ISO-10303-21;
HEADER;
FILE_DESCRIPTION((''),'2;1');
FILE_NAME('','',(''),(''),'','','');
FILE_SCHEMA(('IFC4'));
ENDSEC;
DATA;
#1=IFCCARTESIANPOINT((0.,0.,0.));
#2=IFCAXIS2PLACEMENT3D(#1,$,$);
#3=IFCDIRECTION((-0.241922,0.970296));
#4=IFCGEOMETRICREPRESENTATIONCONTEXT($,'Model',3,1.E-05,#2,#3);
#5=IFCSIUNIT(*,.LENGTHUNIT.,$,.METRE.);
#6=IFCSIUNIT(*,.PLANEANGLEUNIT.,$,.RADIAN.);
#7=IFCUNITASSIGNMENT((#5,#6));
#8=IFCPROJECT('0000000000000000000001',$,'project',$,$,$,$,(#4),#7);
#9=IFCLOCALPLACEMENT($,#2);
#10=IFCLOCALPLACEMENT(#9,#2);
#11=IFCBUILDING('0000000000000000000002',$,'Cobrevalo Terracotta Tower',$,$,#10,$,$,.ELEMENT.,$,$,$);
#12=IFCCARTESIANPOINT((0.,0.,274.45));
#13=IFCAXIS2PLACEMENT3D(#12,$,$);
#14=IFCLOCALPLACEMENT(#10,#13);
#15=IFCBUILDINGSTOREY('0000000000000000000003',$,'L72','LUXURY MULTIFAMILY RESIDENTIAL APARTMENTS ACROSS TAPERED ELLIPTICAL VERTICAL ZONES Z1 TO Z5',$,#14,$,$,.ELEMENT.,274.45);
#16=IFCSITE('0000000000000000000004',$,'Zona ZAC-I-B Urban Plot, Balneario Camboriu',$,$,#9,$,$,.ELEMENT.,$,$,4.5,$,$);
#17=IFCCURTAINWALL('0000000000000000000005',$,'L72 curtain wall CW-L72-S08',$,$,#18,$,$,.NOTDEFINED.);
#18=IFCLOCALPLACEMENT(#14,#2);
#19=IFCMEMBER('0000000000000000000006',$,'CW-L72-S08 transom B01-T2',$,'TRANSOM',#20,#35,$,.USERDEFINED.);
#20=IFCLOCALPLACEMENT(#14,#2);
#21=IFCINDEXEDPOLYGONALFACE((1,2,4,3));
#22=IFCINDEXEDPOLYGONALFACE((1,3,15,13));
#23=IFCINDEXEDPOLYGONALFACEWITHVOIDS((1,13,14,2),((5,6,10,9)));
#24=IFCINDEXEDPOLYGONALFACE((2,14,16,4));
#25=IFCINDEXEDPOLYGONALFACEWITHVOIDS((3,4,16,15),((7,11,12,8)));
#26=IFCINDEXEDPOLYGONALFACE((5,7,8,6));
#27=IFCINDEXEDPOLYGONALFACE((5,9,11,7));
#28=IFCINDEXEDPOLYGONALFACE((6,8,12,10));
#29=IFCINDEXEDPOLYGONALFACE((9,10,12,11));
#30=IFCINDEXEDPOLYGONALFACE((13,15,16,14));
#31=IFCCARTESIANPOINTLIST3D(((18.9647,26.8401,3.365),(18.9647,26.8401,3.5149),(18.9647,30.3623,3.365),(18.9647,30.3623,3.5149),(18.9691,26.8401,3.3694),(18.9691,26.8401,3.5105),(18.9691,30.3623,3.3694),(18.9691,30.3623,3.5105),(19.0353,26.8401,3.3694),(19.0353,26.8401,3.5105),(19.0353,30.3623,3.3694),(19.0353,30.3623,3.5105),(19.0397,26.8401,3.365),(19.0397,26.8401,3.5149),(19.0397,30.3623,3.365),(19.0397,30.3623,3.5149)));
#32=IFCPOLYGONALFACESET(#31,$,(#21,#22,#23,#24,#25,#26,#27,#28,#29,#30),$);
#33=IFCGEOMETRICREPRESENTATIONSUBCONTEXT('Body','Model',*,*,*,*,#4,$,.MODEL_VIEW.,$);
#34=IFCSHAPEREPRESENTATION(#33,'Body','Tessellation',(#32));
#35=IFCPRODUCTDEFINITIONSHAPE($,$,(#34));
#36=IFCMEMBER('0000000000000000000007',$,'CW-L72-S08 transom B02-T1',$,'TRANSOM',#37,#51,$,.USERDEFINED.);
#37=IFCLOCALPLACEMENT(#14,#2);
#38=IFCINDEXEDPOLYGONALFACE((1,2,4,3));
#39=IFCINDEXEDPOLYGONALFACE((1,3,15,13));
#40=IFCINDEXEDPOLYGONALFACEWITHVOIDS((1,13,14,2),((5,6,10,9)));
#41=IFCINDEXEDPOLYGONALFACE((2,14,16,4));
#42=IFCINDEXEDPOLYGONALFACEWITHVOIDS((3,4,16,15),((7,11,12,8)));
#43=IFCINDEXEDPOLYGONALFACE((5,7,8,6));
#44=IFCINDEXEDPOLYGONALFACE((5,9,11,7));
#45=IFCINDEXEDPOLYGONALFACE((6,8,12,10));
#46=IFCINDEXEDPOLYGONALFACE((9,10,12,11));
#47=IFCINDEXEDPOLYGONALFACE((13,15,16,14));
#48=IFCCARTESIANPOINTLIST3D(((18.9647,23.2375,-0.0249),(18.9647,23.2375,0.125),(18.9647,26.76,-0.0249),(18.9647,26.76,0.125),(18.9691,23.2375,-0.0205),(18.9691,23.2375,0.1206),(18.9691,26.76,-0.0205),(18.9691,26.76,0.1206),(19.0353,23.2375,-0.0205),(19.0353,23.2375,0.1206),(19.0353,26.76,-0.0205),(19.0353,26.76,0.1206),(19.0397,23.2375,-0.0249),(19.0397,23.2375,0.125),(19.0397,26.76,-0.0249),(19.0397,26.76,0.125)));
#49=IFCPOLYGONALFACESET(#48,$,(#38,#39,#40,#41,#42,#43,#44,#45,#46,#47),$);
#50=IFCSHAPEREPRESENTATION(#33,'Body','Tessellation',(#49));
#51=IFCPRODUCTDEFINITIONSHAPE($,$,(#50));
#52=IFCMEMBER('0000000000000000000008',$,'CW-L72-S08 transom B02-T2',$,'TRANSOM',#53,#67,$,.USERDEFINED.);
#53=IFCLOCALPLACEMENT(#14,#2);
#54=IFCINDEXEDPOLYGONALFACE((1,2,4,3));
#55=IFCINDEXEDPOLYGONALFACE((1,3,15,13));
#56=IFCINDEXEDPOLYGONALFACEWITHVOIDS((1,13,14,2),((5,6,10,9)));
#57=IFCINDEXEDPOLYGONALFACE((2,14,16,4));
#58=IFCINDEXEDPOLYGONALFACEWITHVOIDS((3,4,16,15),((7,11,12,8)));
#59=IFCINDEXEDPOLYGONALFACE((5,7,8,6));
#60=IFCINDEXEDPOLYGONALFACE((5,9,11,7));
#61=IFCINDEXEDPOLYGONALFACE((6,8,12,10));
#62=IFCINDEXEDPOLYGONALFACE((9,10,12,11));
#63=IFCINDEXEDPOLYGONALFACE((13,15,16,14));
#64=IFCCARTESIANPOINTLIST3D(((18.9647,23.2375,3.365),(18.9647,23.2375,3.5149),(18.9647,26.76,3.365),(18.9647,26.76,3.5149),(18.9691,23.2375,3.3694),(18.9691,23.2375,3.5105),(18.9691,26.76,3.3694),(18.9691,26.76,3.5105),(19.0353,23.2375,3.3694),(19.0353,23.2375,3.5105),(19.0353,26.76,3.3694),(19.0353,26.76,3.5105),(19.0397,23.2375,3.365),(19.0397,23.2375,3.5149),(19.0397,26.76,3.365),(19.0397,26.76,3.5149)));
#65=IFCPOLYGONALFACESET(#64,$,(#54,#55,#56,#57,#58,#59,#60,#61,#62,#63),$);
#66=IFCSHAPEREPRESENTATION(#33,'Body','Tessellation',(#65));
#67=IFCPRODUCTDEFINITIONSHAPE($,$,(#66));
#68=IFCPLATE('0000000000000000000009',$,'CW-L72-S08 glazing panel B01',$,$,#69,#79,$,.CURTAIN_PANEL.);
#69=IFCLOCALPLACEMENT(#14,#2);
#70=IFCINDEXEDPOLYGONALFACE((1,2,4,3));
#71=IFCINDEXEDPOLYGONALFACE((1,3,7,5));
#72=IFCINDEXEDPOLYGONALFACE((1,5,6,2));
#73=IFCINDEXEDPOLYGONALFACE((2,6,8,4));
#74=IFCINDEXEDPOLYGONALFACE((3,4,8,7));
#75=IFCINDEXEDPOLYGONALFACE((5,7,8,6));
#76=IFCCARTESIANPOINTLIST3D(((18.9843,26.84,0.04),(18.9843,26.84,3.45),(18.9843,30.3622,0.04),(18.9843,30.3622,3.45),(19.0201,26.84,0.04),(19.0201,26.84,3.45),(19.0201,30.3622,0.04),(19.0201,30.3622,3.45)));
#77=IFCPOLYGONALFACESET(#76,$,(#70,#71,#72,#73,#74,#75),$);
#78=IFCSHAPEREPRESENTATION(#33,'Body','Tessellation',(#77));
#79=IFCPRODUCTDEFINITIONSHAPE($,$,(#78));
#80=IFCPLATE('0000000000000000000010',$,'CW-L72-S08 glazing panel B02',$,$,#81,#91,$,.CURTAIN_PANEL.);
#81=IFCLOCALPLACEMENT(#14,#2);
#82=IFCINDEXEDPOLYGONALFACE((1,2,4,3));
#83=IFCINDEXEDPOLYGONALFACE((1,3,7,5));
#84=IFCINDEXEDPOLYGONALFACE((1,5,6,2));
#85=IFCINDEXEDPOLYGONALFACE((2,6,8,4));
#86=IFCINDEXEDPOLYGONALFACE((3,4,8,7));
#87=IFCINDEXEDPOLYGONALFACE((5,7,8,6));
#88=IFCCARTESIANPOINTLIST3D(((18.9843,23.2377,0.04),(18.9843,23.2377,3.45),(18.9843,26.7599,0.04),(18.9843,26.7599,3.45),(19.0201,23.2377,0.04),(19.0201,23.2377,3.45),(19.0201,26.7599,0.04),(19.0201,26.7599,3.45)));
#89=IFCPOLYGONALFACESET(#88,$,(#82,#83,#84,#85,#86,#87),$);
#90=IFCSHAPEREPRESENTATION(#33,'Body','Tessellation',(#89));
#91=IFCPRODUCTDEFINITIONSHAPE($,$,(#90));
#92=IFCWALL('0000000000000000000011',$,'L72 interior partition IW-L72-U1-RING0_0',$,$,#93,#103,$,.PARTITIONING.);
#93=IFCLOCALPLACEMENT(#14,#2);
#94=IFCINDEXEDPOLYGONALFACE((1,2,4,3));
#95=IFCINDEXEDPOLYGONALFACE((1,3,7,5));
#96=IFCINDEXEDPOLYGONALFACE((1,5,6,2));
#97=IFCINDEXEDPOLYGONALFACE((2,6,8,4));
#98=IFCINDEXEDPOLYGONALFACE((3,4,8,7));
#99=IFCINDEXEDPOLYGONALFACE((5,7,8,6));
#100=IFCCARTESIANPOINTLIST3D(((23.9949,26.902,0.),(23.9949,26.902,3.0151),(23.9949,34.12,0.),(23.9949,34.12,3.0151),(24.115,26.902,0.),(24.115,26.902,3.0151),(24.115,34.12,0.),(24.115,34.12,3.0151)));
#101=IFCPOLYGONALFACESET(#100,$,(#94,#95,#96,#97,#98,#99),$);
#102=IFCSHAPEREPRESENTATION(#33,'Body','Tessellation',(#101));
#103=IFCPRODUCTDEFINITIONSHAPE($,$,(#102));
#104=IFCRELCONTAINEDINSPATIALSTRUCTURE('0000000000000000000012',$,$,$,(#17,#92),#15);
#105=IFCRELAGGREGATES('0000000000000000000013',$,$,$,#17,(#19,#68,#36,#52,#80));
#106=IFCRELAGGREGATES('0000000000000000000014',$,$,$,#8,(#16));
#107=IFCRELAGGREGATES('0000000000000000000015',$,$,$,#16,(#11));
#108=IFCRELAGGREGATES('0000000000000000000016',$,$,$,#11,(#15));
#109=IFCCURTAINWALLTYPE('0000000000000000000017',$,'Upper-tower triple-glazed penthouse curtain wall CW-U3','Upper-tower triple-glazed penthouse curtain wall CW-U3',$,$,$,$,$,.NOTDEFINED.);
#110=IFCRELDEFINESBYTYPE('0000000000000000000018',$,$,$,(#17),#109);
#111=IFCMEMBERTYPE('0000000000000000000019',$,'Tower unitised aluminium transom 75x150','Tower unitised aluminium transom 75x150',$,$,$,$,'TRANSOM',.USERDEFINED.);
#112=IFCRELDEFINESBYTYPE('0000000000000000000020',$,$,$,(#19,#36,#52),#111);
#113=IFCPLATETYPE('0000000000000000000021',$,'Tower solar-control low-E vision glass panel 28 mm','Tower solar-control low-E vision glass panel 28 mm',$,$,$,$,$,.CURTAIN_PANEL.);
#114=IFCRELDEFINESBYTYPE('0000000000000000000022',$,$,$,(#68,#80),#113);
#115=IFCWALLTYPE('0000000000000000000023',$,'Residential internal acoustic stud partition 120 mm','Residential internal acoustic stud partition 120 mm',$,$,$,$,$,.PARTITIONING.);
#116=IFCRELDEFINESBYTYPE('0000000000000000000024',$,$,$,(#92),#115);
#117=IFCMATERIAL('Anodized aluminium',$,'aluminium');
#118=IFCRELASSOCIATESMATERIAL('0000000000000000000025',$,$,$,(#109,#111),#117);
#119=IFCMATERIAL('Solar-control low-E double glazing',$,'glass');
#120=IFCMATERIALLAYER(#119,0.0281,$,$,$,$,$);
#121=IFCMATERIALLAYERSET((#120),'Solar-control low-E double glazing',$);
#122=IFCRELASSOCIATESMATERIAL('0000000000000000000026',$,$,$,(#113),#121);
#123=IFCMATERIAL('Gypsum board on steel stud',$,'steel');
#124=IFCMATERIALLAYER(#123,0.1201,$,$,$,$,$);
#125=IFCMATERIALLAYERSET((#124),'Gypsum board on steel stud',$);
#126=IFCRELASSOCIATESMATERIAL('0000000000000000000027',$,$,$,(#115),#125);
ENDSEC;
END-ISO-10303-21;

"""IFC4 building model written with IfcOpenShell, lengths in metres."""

from ifc_helpers import new_model, si_unit, direction, frame, frame_2d, origin, origin_2d, place, context, subcontext, project, spatial, rectangle, hollow_rectangle, extrude, source, transform, mapped, material, layer, layer_set, material_profile, profile_set, type_object, element, aggregate, save


model = new_model("IFC4")

# Units and contexts
model_context = context("Model", 3, precision=1e-05, world=origin(), true_north=direction((-0.241922, 0.970296)))
body_context = subcontext(model_context, "Body", "Model", "MODEL_VIEW")
ifc_project = project(units=[si_unit("LENGTHUNIT", "METRE"), si_unit("PLANEANGLEUNIT", "RADIAN")], contexts=[model_context])

# Site, building, storey
site_placement = place(None, origin())
site = spatial("IfcSite", under=ifc_project, at=site_placement, Name="Zona ZAC-I-B Urban Plot, Balneario Camboriu", CompositionType="ELEMENT", RefElevation=4.5)
building_placement = place(site_placement, origin())
building = spatial("IfcBuilding", under=site, at=building_placement, Name="Cobrevalo Terracotta Tower", CompositionType="ELEMENT")
storey_placement = place(building_placement, frame((0.0, 0.0, 274.45)))
storey = spatial("IfcBuildingStorey", under=building, at=storey_placement, Name="L72", Description="LUXURY MULTIFAMILY RESIDENTIAL APARTMENTS ACROSS TAPERED ELLIPTICAL VERTICAL ZONES Z1 TO Z5", CompositionType="ELEMENT", Elevation=274.45)

# Curtain wall
ifc_material_1 = material(Name="Anodized aluminium", Category="aluminium")
curtain_wall_type = type_object("IfcCurtainWallType", Name="Upper-tower triple-glazed penthouse curtain wall CW-U3", Description="Upper-tower triple-glazed penthouse curtain wall CW-U3", PredefinedType="NOTDEFINED", material=ifc_material_1)
curtain_wall_1_placement = place(storey_placement, origin())
curtain_wall_1 = element("IfcCurtainWall", 1, at=curtain_wall_1_placement, inside=storey, type_object=curtain_wall_type, Name="L72 curtain wall CW-L72-S08", PredefinedType="NOTDEFINED")

# Members
ifc_material_profile_1 = material_profile(ifc_material_1, hollow_rectangle(XDim=0.075, YDim=0.1499, WallThickness=0.0044, at=origin_2d()), Name="CWT 75x150")
ifc_profile_set_1 = profile_set([ifc_material_profile_1], Name="Anodized aluminium")
member_type_1 = type_object("IfcMemberType", Name="Tower unitised aluminium transom 75x150", Description="Tower unitised aluminium transom 75x150", ElementType="TRANSOM", PredefinedType="USERDEFINED", material=ifc_profile_set_1)
shared_shape_1 = source(origin(), body_context, "Body", "SweptSolid", [
    extrude(hollow_rectangle(XDim=0.075, YDim=0.1499, WallThickness=0.0044, at=origin_2d()), origin(), (0.0, 0.0, 1.0), 3.5222),
])
member_1_placement = place(storey_placement, frame((19.0022, 30.3623, 3.4399), z_axis=(0.0, -1.0, 0.0), x_axis=(1.0, 0.0, 0.0)))
member_1 = element("IfcMember", 2, at=member_1_placement, type_object=member_type_1, Name="CW-L72-S08 transom B01-T2", ObjectType="TRANSOM", PredefinedType="USERDEFINED", context=body_context, shape_type="MappedRepresentation", body=[
    mapped(shared_shape_1, transform((0.0, 0.0, 0.0), scale=1.0)),
])
shared_shape_2 = source(origin(), body_context, "Body", "SweptSolid", [
    extrude(hollow_rectangle(XDim=0.075, YDim=0.1499, WallThickness=0.0044, at=origin_2d()), origin(), (0.0, 0.0, 1.0), 3.5225),
])
member_2_placement = place(storey_placement, frame((19.0022, 26.76, 0.05), z_axis=(0.0, -1.0, 0.0), x_axis=(1.0, 0.0, 0.0)))
member_2 = element("IfcMember", 3, at=member_2_placement, type_object=member_type_1, Name="CW-L72-S08 transom B02-T1", ObjectType="TRANSOM", PredefinedType="USERDEFINED", context=body_context, shape_type="MappedRepresentation", body=[
    mapped(shared_shape_2, transform((0.0, 0.0, 0.0), scale=1.0)),
])
member_3_placement = place(storey_placement, frame((19.0022, 26.76, 3.4399), z_axis=(0.0, -1.0, 0.0), x_axis=(1.0, 0.0, 0.0)))
member_3 = element("IfcMember", 4, at=member_3_placement, type_object=member_type_1, Name="CW-L72-S08 transom B02-T2", ObjectType="TRANSOM", PredefinedType="USERDEFINED", context=body_context, shape_type="MappedRepresentation", body=[
    mapped(shared_shape_2, transform((0.0, 0.0, 0.0), scale=1.0)),
])

# Plates
ifc_material_2 = material(Name="Solar-control low-E double glazing", Category="glass")
ifc_layer_1 = layer(ifc_material_2, 0.0281)
ifc_layer_set_1 = layer_set([ifc_layer_1], Name="Solar-control low-E double glazing")
plate_type = type_object("IfcPlateType", Name="Tower solar-control low-E vision glass panel 28 mm", Description="Tower solar-control low-E vision glass panel 28 mm", PredefinedType="CURTAIN_PANEL", material=ifc_layer_set_1)
shared_shape_3 = source(origin(), body_context, "Body", "SweptSolid", [
    extrude(rectangle(XDim=3.5222, YDim=0.0359, at=origin_2d()), origin(), (0.0, 0.0, 1.0), 3.4099),
])
plate_1_placement = place(storey_placement, frame((19.0022, 28.6011, 0.04), z_axis=(0.0, 0.0, 1.0), x_axis=(0.0, -1.0, 0.0)))
plate_1 = element("IfcPlate", 5, at=plate_1_placement, type_object=plate_type, Name="CW-L72-S08 glazing panel B01", PredefinedType="CURTAIN_PANEL", context=body_context, shape_type="MappedRepresentation", body=[
    mapped(shared_shape_3, transform((0.0, 0.0, 0.0), scale=1.0)),
])
plate_2_placement = place(storey_placement, frame((19.0022, 24.9988, 0.04), z_axis=(0.0, 0.0, 1.0), x_axis=(0.0, -1.0, 0.0)))
plate_2 = element("IfcPlate", 6, at=plate_2_placement, type_object=plate_type, Name="CW-L72-S08 glazing panel B02", PredefinedType="CURTAIN_PANEL", context=body_context, shape_type="MappedRepresentation", body=[
    mapped(shared_shape_3, transform((0.0, 0.0, 0.0), scale=1.0)),
])
aggregate(curtain_wall_1, [member_1, plate_1, member_2, member_3, plate_2])

# Wall
ifc_material_3 = material(Name="Gypsum board on steel stud", Category="steel")
ifc_layer_2 = layer(ifc_material_3, 0.1201)
ifc_layer_set_2 = layer_set([ifc_layer_2], Name="Gypsum board on steel stud")
wall_type = type_object("IfcWallType", Name="Residential internal acoustic stud partition 120 mm", Description="Residential internal acoustic stud partition 120 mm", PredefinedType="PARTITIONING", material=ifc_layer_set_2)
wall_placement = place(storey_placement, frame((24.0549, 26.9021, 0.0), z_axis=(0.0, 0.0, 1.0), x_axis=(0.0, 1.0, 0.0)))
element("IfcWall", 7, at=wall_placement, inside=storey, type_object=wall_type, Name="L72 interior partition IW-L72-U1-RING0_0", PredefinedType="PARTITIONING", context=body_context, shape_type="SweptSolid", body=[
    extrude(rectangle(XDim=7.218, YDim=0.1201, at=frame_2d((3.6089, 0.0))), origin(), (0.0, 0.0, 1.0), 3.0151),
])

save(model, "model.ifc")
